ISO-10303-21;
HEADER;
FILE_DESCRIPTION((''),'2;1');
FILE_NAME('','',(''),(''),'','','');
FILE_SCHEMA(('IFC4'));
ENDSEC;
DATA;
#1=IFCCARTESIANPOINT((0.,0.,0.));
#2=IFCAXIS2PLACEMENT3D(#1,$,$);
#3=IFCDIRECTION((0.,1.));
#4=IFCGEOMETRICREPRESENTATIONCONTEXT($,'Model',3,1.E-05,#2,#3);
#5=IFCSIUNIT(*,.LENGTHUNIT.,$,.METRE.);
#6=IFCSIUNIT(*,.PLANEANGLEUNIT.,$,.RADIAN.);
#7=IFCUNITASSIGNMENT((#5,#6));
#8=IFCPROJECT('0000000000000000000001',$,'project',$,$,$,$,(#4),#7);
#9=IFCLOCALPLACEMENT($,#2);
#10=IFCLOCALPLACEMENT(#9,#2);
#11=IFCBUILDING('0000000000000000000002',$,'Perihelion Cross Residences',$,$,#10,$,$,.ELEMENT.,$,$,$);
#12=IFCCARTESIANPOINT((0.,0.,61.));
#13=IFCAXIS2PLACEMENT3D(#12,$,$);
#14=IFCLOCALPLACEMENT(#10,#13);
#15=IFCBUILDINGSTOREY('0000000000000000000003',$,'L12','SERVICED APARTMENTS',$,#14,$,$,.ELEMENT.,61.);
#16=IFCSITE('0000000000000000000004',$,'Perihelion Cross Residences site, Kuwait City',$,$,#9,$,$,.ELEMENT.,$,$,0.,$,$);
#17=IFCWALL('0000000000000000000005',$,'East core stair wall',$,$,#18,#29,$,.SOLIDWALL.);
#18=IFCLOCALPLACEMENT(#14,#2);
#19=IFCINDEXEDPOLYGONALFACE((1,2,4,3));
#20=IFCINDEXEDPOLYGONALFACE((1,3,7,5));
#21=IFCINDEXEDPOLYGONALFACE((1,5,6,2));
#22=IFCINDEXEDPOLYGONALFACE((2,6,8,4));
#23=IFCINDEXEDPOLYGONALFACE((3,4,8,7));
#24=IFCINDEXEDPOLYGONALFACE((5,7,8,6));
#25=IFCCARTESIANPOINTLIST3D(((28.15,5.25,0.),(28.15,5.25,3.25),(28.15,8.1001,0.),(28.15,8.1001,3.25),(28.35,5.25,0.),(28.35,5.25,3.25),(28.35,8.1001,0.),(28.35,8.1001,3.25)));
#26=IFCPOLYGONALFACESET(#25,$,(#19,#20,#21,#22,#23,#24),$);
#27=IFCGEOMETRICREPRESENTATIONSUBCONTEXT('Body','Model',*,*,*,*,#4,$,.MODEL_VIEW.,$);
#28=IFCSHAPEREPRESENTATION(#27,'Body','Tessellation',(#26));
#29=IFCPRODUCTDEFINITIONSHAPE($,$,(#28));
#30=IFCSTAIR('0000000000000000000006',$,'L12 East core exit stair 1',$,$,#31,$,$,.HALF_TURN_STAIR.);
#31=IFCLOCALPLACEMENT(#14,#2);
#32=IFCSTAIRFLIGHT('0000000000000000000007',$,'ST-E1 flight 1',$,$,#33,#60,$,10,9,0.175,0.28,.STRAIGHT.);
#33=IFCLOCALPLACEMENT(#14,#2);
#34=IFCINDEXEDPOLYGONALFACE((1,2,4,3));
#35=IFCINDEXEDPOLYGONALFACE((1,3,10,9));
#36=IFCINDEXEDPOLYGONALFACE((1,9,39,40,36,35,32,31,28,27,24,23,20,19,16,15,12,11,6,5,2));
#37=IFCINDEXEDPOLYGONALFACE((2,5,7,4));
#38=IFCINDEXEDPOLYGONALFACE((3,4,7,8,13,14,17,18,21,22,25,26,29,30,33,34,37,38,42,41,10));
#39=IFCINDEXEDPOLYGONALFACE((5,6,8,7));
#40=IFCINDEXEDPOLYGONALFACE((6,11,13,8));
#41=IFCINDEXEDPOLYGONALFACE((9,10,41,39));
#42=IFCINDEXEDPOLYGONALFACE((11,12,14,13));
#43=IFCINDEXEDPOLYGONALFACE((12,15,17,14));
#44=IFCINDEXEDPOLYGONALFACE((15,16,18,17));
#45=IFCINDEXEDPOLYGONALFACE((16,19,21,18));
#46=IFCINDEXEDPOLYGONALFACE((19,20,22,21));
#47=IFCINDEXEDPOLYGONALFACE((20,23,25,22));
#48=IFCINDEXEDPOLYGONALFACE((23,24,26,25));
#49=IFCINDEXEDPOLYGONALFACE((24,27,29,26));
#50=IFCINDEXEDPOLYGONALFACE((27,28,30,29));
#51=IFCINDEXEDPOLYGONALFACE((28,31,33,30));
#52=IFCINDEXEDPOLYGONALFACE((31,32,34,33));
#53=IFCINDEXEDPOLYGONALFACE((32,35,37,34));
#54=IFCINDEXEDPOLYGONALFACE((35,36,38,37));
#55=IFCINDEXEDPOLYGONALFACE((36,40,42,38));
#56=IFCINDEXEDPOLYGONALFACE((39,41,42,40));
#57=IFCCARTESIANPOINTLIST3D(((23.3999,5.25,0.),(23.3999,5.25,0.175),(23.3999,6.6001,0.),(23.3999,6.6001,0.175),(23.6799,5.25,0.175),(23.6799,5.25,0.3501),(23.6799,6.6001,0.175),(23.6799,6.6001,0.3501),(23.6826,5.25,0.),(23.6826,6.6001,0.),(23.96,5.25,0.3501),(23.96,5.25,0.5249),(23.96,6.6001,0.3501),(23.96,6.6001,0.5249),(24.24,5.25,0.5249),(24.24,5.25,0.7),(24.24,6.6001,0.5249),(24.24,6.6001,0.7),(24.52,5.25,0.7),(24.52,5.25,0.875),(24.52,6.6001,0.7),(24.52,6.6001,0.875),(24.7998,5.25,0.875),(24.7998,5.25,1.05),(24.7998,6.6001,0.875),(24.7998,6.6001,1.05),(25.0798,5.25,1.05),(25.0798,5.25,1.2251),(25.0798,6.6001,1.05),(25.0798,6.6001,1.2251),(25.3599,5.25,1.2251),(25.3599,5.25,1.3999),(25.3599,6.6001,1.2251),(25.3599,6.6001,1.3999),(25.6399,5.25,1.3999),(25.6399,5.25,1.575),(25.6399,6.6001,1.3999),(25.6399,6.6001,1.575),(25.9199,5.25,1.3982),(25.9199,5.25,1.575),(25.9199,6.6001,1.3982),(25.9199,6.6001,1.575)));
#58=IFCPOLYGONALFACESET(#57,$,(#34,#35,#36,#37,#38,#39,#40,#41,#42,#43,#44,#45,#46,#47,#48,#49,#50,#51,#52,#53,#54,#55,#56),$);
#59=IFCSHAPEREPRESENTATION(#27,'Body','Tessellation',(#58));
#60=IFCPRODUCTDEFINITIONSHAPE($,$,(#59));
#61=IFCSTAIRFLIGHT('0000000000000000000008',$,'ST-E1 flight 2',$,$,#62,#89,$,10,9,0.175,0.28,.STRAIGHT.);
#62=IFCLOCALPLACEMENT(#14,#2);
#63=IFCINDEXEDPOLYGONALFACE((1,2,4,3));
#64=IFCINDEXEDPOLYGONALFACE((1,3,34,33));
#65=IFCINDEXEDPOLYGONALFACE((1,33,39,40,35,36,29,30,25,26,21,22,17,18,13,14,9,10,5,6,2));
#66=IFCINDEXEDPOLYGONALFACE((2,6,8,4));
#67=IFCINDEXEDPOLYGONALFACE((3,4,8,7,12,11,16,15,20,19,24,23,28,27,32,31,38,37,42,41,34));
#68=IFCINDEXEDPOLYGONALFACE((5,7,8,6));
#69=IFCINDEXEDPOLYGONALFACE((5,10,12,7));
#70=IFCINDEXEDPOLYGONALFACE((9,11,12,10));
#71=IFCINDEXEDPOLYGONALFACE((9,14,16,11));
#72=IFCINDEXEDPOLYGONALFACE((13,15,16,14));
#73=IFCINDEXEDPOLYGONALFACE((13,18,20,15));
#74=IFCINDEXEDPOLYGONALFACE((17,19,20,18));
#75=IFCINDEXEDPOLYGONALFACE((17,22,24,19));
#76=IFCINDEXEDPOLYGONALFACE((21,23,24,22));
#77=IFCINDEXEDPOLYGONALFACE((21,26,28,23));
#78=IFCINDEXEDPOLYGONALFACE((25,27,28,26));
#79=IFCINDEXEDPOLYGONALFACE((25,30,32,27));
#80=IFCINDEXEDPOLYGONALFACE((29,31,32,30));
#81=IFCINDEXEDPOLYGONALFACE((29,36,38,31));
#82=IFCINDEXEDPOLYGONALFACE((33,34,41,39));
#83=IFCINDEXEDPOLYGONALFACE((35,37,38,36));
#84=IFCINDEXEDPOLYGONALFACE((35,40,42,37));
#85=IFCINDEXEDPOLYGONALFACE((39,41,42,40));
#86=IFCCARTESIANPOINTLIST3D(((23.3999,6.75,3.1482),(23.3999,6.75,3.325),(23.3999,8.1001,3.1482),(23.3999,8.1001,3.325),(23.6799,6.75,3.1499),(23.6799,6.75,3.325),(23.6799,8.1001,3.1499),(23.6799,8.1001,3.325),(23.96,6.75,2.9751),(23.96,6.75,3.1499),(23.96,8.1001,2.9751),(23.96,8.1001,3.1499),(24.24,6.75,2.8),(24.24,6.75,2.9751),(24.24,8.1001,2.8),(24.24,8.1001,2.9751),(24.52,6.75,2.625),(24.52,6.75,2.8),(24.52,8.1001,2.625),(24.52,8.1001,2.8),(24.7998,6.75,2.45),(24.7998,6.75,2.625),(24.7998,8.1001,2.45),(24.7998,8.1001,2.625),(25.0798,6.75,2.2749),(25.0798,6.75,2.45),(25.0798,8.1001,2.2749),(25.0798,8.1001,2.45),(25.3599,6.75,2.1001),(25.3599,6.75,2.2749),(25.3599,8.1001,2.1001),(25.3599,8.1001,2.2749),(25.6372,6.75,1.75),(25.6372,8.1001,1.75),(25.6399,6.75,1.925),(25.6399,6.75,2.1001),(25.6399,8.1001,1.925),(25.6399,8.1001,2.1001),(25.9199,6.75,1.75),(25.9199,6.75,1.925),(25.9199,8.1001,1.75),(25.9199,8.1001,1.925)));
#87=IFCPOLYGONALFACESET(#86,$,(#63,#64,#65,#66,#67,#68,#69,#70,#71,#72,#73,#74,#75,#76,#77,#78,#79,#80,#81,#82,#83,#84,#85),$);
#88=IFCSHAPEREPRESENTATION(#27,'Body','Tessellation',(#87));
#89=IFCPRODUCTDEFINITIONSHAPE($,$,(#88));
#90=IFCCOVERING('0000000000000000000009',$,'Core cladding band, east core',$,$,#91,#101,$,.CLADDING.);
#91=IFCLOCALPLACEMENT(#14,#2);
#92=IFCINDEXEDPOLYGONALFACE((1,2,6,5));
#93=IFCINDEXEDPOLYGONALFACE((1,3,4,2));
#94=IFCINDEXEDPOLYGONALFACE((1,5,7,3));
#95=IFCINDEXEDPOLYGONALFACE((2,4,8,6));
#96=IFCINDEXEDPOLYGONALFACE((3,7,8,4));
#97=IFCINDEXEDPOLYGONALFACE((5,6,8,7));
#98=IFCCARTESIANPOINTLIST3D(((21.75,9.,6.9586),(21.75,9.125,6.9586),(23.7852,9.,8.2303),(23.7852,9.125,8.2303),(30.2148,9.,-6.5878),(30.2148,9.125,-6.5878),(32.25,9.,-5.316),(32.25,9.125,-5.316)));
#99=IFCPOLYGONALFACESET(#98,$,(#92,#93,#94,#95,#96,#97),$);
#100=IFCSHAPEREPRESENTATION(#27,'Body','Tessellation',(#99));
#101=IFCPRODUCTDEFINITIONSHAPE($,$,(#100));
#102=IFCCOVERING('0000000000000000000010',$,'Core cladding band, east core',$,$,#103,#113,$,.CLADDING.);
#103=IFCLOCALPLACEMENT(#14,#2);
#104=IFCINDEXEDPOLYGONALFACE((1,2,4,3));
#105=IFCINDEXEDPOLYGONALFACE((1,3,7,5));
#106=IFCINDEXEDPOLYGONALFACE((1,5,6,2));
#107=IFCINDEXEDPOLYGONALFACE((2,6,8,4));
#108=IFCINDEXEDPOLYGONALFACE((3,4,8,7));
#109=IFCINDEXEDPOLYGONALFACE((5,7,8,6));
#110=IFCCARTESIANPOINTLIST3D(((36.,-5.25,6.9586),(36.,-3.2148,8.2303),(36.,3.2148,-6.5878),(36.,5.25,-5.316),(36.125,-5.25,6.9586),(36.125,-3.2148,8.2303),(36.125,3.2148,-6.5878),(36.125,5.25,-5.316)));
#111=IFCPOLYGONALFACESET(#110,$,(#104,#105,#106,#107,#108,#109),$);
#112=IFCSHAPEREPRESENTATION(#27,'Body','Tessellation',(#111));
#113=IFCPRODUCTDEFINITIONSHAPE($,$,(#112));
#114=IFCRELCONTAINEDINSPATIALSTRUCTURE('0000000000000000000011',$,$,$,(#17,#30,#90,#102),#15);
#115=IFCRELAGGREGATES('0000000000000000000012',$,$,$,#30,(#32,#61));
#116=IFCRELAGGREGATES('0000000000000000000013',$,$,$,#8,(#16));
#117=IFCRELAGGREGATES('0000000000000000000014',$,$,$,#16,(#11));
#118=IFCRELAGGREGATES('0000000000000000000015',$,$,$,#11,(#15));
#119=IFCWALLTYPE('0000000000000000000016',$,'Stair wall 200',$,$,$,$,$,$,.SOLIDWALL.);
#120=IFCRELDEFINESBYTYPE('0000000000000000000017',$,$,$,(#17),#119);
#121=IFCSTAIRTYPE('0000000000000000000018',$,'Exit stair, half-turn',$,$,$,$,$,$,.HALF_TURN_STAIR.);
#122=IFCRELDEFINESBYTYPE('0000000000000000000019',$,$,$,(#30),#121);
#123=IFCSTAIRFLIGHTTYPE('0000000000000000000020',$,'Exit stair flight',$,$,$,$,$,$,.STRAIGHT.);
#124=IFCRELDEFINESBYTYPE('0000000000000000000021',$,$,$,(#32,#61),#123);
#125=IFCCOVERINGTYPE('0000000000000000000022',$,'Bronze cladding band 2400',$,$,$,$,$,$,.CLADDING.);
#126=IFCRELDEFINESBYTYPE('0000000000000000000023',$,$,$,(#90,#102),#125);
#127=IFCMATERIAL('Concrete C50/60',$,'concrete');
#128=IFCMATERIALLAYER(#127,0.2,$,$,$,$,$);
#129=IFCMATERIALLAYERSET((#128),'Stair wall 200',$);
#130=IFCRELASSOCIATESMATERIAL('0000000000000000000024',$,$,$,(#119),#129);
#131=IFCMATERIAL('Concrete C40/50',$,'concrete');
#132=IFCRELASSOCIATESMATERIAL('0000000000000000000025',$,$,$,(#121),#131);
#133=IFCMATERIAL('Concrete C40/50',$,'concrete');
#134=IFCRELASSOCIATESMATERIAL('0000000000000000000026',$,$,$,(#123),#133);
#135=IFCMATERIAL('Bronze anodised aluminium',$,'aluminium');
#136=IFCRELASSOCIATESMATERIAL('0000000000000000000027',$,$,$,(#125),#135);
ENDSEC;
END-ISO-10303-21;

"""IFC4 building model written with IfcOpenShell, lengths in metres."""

from ifc_helpers import new_model, si_unit, direction, frame, frame_2d, origin, origin_2d, place, context, subcontext, project, spatial, polyline, rectangle, outline, extrude, material, layer, layer_set, material_profile, profile_set, type_object, element, aggregate, save


model = new_model("IFC4")

# Units and contexts
model_context = context("Model", 3, precision=1e-05, world=origin(), true_north=direction((0.0, 1.0)))
body_context = subcontext(model_context, "Body", "Model", "MODEL_VIEW")
ifc_project = project(units=[si_unit("LENGTHUNIT", "METRE"), si_unit("PLANEANGLEUNIT", "RADIAN")], contexts=[model_context])

# Site, building, storey
site_placement = place(None, origin())
site = spatial("IfcSite", under=ifc_project, at=site_placement, Name="Perihelion Cross Residences site, Kuwait City", CompositionType="ELEMENT", RefElevation=0.0)
building_placement = place(site_placement, origin())
building = spatial("IfcBuilding", under=site, at=building_placement, Name="Perihelion Cross Residences", CompositionType="ELEMENT")
storey_placement = place(building_placement, frame((0.0, 0.0, 61.0)))
storey = spatial("IfcBuildingStorey", under=building, at=storey_placement, Name="L12", Description="SERVICED APARTMENTS", CompositionType="ELEMENT", Elevation=61.0)

# Wall
ifc_material_1 = material(Name="Concrete C50/60", Category="concrete")
ifc_layer_1 = layer(ifc_material_1, 0.2)
ifc_layer_set_1 = layer_set([ifc_layer_1], Name="Stair wall 200")
wall_type_1 = type_object("IfcWallType", Name="Stair wall 200", PredefinedType="SOLIDWALL", material=ifc_layer_set_1)
wall_1_placement = place(storey_placement, frame((28.25, 5.25, 0.0), z_axis=(0.0, 0.0, 1.0), x_axis=(0.0, 1.0, 0.0)))
element("IfcWall", 1, at=wall_1_placement, inside=storey, type_object=wall_type_1, Name="East core stair wall", PredefinedType="SOLIDWALL", context=body_context, shape_type="SweptSolid", body=[
    extrude(rectangle(XDim=2.8501, YDim=0.2, at=frame_2d((1.425, 0.0))), origin(), (0.0, 0.0, 1.0), 3.25),
])

# Stair, stair flights
ifc_material_2 = material(Name="Concrete C40/50", Category="concrete")
stair_type = type_object("IfcStairType", Name="Exit stair, half-turn", PredefinedType="HALF_TURN_STAIR", material=ifc_material_2)
stair_placement = place(storey_placement, origin())
stair = element("IfcStair", 2, at=stair_placement, inside=storey, type_object=stair_type, Name="L12 East core exit stair 1", PredefinedType="HALF_TURN_STAIR")
ifc_material_3 = material(Name="Concrete C40/50", Category="concrete")
stair_flight_type = type_object("IfcStairFlightType", Name="Exit stair flight", PredefinedType="STRAIGHT", material=ifc_material_3)
stair_flight_1_placement = place(storey_placement, frame((23.3999, 5.925, 0.0), z_axis=(0.0, 0.0, 1.0), x_axis=(1.0, 0.0, 0.0)))
stair_flight_1 = element("IfcStairFlight", 3, at=stair_flight_1_placement, type_object=stair_flight_type, Name="ST-E1 flight 1", NumberOfRisers=10, NumberOfTreads=9, PredefinedType="STRAIGHT", RiserHeight=0.175, TreadLength=0.28, context=body_context, shape_type="SweptSolid", body=[
    extrude(outline(polyline([(0.0, 0.0), (0.0, 0.175), (0.28, 0.175), (0.28, 0.3501), (0.5601, 0.3501), (0.5601, 0.5249), (0.8401, 0.5249), (0.8401, 0.7), (1.1201, 0.7), (1.1201, 0.875), (1.3999, 0.875), (1.3999, 1.05), (1.6799, 1.05), (1.6799, 1.2251), (1.96, 1.2251), (1.96, 1.3999), (2.24, 1.3999), (2.24, 1.575), (2.52, 1.575), (2.52, 1.75), (2.52, 1.3982), (0.2827, 0.0), (0.0, 0.0)])), frame((0.0, 0.675, 0.0), z_axis=(0.0, -1.0, 0.0), x_axis=(1.0, 0.0, 0.0)), (0.0, 0.0, 1.0), 1.3501),
])
stair_flight_2_placement = place(storey_placement, frame((25.9199, 7.425, 1.75), z_axis=(0.0, 0.0, 1.0), x_axis=(-1.0, 0.0, 0.0)))
stair_flight_2 = element("IfcStairFlight", 4, at=stair_flight_2_placement, type_object=stair_flight_type, Name="ST-E1 flight 2", NumberOfRisers=10, NumberOfTreads=9, PredefinedType="STRAIGHT", RiserHeight=0.175, TreadLength=0.28, context=body_context, shape_type="SweptSolid", body=[
    extrude(outline(polyline([(0.0, 0.0), (0.0, 0.175), (0.28, 0.175), (0.28, 0.3501), (0.5601, 0.3501), (0.5601, 0.5249), (0.8401, 0.5249), (0.8401, 0.7), (1.1201, 0.7), (1.1201, 0.875), (1.3999, 0.875), (1.3999, 1.05), (1.6799, 1.05), (1.6799, 1.2251), (1.96, 1.2251), (1.96, 1.3999), (2.24, 1.3999), (2.24, 1.575), (2.52, 1.575), (2.52, 1.75), (2.52, 1.3982), (0.2827, 0.0), (0.0, 0.0)])), frame((0.0, 0.675, 0.0), z_axis=(0.0, -1.0, 0.0), x_axis=(1.0, 0.0, 0.0)), (0.0, 0.0, 1.0), 1.3501),
])
aggregate(stair, [stair_flight_1, stair_flight_2])

# Coverings
ifc_material_4 = material(Name="Bronze anodised aluminium", Category="aluminium")
ifc_material_profile = material_profile(ifc_material_4, rectangle(XDim=0.125, YDim=2.3999, at=origin_2d()), Name="Bronze cladding band 2400")
ifc_profile_set = profile_set([ifc_material_profile], Name="Bronze anodised aluminium")
covering_type = type_object("IfcCoveringType", Name="Bronze cladding band 2400", PredefinedType="CLADDING", material=ifc_profile_set)
for number, where, z_axis, x_axis, name in (
    (5, (31.2324, 9.0625, -5.9519), (-0.529925, 0.0, 0.848045), (0.0, -1.0, 0.0), "Core cladding band, east core"),
    (6, (36.0625, 4.2324, -5.9519), (0.0, -0.529925, 0.848045), (1.0, 0.0, 0.0), "Core cladding band, east core"),
):
    element("IfcCovering", number, at=place(storey_placement, frame(where, z_axis=z_axis, x_axis=x_axis)), inside=storey, type_object=covering_type, Name=name, PredefinedType="CLADDING", context=body_context, shape_type="SweptSolid", body=[
        extrude(rectangle(XDim=0.125, YDim=2.3999, at=origin_2d()), origin(), (0.0, 0.0, 1.0), 15.9736),
    ])

save(model, "model.ifc")
